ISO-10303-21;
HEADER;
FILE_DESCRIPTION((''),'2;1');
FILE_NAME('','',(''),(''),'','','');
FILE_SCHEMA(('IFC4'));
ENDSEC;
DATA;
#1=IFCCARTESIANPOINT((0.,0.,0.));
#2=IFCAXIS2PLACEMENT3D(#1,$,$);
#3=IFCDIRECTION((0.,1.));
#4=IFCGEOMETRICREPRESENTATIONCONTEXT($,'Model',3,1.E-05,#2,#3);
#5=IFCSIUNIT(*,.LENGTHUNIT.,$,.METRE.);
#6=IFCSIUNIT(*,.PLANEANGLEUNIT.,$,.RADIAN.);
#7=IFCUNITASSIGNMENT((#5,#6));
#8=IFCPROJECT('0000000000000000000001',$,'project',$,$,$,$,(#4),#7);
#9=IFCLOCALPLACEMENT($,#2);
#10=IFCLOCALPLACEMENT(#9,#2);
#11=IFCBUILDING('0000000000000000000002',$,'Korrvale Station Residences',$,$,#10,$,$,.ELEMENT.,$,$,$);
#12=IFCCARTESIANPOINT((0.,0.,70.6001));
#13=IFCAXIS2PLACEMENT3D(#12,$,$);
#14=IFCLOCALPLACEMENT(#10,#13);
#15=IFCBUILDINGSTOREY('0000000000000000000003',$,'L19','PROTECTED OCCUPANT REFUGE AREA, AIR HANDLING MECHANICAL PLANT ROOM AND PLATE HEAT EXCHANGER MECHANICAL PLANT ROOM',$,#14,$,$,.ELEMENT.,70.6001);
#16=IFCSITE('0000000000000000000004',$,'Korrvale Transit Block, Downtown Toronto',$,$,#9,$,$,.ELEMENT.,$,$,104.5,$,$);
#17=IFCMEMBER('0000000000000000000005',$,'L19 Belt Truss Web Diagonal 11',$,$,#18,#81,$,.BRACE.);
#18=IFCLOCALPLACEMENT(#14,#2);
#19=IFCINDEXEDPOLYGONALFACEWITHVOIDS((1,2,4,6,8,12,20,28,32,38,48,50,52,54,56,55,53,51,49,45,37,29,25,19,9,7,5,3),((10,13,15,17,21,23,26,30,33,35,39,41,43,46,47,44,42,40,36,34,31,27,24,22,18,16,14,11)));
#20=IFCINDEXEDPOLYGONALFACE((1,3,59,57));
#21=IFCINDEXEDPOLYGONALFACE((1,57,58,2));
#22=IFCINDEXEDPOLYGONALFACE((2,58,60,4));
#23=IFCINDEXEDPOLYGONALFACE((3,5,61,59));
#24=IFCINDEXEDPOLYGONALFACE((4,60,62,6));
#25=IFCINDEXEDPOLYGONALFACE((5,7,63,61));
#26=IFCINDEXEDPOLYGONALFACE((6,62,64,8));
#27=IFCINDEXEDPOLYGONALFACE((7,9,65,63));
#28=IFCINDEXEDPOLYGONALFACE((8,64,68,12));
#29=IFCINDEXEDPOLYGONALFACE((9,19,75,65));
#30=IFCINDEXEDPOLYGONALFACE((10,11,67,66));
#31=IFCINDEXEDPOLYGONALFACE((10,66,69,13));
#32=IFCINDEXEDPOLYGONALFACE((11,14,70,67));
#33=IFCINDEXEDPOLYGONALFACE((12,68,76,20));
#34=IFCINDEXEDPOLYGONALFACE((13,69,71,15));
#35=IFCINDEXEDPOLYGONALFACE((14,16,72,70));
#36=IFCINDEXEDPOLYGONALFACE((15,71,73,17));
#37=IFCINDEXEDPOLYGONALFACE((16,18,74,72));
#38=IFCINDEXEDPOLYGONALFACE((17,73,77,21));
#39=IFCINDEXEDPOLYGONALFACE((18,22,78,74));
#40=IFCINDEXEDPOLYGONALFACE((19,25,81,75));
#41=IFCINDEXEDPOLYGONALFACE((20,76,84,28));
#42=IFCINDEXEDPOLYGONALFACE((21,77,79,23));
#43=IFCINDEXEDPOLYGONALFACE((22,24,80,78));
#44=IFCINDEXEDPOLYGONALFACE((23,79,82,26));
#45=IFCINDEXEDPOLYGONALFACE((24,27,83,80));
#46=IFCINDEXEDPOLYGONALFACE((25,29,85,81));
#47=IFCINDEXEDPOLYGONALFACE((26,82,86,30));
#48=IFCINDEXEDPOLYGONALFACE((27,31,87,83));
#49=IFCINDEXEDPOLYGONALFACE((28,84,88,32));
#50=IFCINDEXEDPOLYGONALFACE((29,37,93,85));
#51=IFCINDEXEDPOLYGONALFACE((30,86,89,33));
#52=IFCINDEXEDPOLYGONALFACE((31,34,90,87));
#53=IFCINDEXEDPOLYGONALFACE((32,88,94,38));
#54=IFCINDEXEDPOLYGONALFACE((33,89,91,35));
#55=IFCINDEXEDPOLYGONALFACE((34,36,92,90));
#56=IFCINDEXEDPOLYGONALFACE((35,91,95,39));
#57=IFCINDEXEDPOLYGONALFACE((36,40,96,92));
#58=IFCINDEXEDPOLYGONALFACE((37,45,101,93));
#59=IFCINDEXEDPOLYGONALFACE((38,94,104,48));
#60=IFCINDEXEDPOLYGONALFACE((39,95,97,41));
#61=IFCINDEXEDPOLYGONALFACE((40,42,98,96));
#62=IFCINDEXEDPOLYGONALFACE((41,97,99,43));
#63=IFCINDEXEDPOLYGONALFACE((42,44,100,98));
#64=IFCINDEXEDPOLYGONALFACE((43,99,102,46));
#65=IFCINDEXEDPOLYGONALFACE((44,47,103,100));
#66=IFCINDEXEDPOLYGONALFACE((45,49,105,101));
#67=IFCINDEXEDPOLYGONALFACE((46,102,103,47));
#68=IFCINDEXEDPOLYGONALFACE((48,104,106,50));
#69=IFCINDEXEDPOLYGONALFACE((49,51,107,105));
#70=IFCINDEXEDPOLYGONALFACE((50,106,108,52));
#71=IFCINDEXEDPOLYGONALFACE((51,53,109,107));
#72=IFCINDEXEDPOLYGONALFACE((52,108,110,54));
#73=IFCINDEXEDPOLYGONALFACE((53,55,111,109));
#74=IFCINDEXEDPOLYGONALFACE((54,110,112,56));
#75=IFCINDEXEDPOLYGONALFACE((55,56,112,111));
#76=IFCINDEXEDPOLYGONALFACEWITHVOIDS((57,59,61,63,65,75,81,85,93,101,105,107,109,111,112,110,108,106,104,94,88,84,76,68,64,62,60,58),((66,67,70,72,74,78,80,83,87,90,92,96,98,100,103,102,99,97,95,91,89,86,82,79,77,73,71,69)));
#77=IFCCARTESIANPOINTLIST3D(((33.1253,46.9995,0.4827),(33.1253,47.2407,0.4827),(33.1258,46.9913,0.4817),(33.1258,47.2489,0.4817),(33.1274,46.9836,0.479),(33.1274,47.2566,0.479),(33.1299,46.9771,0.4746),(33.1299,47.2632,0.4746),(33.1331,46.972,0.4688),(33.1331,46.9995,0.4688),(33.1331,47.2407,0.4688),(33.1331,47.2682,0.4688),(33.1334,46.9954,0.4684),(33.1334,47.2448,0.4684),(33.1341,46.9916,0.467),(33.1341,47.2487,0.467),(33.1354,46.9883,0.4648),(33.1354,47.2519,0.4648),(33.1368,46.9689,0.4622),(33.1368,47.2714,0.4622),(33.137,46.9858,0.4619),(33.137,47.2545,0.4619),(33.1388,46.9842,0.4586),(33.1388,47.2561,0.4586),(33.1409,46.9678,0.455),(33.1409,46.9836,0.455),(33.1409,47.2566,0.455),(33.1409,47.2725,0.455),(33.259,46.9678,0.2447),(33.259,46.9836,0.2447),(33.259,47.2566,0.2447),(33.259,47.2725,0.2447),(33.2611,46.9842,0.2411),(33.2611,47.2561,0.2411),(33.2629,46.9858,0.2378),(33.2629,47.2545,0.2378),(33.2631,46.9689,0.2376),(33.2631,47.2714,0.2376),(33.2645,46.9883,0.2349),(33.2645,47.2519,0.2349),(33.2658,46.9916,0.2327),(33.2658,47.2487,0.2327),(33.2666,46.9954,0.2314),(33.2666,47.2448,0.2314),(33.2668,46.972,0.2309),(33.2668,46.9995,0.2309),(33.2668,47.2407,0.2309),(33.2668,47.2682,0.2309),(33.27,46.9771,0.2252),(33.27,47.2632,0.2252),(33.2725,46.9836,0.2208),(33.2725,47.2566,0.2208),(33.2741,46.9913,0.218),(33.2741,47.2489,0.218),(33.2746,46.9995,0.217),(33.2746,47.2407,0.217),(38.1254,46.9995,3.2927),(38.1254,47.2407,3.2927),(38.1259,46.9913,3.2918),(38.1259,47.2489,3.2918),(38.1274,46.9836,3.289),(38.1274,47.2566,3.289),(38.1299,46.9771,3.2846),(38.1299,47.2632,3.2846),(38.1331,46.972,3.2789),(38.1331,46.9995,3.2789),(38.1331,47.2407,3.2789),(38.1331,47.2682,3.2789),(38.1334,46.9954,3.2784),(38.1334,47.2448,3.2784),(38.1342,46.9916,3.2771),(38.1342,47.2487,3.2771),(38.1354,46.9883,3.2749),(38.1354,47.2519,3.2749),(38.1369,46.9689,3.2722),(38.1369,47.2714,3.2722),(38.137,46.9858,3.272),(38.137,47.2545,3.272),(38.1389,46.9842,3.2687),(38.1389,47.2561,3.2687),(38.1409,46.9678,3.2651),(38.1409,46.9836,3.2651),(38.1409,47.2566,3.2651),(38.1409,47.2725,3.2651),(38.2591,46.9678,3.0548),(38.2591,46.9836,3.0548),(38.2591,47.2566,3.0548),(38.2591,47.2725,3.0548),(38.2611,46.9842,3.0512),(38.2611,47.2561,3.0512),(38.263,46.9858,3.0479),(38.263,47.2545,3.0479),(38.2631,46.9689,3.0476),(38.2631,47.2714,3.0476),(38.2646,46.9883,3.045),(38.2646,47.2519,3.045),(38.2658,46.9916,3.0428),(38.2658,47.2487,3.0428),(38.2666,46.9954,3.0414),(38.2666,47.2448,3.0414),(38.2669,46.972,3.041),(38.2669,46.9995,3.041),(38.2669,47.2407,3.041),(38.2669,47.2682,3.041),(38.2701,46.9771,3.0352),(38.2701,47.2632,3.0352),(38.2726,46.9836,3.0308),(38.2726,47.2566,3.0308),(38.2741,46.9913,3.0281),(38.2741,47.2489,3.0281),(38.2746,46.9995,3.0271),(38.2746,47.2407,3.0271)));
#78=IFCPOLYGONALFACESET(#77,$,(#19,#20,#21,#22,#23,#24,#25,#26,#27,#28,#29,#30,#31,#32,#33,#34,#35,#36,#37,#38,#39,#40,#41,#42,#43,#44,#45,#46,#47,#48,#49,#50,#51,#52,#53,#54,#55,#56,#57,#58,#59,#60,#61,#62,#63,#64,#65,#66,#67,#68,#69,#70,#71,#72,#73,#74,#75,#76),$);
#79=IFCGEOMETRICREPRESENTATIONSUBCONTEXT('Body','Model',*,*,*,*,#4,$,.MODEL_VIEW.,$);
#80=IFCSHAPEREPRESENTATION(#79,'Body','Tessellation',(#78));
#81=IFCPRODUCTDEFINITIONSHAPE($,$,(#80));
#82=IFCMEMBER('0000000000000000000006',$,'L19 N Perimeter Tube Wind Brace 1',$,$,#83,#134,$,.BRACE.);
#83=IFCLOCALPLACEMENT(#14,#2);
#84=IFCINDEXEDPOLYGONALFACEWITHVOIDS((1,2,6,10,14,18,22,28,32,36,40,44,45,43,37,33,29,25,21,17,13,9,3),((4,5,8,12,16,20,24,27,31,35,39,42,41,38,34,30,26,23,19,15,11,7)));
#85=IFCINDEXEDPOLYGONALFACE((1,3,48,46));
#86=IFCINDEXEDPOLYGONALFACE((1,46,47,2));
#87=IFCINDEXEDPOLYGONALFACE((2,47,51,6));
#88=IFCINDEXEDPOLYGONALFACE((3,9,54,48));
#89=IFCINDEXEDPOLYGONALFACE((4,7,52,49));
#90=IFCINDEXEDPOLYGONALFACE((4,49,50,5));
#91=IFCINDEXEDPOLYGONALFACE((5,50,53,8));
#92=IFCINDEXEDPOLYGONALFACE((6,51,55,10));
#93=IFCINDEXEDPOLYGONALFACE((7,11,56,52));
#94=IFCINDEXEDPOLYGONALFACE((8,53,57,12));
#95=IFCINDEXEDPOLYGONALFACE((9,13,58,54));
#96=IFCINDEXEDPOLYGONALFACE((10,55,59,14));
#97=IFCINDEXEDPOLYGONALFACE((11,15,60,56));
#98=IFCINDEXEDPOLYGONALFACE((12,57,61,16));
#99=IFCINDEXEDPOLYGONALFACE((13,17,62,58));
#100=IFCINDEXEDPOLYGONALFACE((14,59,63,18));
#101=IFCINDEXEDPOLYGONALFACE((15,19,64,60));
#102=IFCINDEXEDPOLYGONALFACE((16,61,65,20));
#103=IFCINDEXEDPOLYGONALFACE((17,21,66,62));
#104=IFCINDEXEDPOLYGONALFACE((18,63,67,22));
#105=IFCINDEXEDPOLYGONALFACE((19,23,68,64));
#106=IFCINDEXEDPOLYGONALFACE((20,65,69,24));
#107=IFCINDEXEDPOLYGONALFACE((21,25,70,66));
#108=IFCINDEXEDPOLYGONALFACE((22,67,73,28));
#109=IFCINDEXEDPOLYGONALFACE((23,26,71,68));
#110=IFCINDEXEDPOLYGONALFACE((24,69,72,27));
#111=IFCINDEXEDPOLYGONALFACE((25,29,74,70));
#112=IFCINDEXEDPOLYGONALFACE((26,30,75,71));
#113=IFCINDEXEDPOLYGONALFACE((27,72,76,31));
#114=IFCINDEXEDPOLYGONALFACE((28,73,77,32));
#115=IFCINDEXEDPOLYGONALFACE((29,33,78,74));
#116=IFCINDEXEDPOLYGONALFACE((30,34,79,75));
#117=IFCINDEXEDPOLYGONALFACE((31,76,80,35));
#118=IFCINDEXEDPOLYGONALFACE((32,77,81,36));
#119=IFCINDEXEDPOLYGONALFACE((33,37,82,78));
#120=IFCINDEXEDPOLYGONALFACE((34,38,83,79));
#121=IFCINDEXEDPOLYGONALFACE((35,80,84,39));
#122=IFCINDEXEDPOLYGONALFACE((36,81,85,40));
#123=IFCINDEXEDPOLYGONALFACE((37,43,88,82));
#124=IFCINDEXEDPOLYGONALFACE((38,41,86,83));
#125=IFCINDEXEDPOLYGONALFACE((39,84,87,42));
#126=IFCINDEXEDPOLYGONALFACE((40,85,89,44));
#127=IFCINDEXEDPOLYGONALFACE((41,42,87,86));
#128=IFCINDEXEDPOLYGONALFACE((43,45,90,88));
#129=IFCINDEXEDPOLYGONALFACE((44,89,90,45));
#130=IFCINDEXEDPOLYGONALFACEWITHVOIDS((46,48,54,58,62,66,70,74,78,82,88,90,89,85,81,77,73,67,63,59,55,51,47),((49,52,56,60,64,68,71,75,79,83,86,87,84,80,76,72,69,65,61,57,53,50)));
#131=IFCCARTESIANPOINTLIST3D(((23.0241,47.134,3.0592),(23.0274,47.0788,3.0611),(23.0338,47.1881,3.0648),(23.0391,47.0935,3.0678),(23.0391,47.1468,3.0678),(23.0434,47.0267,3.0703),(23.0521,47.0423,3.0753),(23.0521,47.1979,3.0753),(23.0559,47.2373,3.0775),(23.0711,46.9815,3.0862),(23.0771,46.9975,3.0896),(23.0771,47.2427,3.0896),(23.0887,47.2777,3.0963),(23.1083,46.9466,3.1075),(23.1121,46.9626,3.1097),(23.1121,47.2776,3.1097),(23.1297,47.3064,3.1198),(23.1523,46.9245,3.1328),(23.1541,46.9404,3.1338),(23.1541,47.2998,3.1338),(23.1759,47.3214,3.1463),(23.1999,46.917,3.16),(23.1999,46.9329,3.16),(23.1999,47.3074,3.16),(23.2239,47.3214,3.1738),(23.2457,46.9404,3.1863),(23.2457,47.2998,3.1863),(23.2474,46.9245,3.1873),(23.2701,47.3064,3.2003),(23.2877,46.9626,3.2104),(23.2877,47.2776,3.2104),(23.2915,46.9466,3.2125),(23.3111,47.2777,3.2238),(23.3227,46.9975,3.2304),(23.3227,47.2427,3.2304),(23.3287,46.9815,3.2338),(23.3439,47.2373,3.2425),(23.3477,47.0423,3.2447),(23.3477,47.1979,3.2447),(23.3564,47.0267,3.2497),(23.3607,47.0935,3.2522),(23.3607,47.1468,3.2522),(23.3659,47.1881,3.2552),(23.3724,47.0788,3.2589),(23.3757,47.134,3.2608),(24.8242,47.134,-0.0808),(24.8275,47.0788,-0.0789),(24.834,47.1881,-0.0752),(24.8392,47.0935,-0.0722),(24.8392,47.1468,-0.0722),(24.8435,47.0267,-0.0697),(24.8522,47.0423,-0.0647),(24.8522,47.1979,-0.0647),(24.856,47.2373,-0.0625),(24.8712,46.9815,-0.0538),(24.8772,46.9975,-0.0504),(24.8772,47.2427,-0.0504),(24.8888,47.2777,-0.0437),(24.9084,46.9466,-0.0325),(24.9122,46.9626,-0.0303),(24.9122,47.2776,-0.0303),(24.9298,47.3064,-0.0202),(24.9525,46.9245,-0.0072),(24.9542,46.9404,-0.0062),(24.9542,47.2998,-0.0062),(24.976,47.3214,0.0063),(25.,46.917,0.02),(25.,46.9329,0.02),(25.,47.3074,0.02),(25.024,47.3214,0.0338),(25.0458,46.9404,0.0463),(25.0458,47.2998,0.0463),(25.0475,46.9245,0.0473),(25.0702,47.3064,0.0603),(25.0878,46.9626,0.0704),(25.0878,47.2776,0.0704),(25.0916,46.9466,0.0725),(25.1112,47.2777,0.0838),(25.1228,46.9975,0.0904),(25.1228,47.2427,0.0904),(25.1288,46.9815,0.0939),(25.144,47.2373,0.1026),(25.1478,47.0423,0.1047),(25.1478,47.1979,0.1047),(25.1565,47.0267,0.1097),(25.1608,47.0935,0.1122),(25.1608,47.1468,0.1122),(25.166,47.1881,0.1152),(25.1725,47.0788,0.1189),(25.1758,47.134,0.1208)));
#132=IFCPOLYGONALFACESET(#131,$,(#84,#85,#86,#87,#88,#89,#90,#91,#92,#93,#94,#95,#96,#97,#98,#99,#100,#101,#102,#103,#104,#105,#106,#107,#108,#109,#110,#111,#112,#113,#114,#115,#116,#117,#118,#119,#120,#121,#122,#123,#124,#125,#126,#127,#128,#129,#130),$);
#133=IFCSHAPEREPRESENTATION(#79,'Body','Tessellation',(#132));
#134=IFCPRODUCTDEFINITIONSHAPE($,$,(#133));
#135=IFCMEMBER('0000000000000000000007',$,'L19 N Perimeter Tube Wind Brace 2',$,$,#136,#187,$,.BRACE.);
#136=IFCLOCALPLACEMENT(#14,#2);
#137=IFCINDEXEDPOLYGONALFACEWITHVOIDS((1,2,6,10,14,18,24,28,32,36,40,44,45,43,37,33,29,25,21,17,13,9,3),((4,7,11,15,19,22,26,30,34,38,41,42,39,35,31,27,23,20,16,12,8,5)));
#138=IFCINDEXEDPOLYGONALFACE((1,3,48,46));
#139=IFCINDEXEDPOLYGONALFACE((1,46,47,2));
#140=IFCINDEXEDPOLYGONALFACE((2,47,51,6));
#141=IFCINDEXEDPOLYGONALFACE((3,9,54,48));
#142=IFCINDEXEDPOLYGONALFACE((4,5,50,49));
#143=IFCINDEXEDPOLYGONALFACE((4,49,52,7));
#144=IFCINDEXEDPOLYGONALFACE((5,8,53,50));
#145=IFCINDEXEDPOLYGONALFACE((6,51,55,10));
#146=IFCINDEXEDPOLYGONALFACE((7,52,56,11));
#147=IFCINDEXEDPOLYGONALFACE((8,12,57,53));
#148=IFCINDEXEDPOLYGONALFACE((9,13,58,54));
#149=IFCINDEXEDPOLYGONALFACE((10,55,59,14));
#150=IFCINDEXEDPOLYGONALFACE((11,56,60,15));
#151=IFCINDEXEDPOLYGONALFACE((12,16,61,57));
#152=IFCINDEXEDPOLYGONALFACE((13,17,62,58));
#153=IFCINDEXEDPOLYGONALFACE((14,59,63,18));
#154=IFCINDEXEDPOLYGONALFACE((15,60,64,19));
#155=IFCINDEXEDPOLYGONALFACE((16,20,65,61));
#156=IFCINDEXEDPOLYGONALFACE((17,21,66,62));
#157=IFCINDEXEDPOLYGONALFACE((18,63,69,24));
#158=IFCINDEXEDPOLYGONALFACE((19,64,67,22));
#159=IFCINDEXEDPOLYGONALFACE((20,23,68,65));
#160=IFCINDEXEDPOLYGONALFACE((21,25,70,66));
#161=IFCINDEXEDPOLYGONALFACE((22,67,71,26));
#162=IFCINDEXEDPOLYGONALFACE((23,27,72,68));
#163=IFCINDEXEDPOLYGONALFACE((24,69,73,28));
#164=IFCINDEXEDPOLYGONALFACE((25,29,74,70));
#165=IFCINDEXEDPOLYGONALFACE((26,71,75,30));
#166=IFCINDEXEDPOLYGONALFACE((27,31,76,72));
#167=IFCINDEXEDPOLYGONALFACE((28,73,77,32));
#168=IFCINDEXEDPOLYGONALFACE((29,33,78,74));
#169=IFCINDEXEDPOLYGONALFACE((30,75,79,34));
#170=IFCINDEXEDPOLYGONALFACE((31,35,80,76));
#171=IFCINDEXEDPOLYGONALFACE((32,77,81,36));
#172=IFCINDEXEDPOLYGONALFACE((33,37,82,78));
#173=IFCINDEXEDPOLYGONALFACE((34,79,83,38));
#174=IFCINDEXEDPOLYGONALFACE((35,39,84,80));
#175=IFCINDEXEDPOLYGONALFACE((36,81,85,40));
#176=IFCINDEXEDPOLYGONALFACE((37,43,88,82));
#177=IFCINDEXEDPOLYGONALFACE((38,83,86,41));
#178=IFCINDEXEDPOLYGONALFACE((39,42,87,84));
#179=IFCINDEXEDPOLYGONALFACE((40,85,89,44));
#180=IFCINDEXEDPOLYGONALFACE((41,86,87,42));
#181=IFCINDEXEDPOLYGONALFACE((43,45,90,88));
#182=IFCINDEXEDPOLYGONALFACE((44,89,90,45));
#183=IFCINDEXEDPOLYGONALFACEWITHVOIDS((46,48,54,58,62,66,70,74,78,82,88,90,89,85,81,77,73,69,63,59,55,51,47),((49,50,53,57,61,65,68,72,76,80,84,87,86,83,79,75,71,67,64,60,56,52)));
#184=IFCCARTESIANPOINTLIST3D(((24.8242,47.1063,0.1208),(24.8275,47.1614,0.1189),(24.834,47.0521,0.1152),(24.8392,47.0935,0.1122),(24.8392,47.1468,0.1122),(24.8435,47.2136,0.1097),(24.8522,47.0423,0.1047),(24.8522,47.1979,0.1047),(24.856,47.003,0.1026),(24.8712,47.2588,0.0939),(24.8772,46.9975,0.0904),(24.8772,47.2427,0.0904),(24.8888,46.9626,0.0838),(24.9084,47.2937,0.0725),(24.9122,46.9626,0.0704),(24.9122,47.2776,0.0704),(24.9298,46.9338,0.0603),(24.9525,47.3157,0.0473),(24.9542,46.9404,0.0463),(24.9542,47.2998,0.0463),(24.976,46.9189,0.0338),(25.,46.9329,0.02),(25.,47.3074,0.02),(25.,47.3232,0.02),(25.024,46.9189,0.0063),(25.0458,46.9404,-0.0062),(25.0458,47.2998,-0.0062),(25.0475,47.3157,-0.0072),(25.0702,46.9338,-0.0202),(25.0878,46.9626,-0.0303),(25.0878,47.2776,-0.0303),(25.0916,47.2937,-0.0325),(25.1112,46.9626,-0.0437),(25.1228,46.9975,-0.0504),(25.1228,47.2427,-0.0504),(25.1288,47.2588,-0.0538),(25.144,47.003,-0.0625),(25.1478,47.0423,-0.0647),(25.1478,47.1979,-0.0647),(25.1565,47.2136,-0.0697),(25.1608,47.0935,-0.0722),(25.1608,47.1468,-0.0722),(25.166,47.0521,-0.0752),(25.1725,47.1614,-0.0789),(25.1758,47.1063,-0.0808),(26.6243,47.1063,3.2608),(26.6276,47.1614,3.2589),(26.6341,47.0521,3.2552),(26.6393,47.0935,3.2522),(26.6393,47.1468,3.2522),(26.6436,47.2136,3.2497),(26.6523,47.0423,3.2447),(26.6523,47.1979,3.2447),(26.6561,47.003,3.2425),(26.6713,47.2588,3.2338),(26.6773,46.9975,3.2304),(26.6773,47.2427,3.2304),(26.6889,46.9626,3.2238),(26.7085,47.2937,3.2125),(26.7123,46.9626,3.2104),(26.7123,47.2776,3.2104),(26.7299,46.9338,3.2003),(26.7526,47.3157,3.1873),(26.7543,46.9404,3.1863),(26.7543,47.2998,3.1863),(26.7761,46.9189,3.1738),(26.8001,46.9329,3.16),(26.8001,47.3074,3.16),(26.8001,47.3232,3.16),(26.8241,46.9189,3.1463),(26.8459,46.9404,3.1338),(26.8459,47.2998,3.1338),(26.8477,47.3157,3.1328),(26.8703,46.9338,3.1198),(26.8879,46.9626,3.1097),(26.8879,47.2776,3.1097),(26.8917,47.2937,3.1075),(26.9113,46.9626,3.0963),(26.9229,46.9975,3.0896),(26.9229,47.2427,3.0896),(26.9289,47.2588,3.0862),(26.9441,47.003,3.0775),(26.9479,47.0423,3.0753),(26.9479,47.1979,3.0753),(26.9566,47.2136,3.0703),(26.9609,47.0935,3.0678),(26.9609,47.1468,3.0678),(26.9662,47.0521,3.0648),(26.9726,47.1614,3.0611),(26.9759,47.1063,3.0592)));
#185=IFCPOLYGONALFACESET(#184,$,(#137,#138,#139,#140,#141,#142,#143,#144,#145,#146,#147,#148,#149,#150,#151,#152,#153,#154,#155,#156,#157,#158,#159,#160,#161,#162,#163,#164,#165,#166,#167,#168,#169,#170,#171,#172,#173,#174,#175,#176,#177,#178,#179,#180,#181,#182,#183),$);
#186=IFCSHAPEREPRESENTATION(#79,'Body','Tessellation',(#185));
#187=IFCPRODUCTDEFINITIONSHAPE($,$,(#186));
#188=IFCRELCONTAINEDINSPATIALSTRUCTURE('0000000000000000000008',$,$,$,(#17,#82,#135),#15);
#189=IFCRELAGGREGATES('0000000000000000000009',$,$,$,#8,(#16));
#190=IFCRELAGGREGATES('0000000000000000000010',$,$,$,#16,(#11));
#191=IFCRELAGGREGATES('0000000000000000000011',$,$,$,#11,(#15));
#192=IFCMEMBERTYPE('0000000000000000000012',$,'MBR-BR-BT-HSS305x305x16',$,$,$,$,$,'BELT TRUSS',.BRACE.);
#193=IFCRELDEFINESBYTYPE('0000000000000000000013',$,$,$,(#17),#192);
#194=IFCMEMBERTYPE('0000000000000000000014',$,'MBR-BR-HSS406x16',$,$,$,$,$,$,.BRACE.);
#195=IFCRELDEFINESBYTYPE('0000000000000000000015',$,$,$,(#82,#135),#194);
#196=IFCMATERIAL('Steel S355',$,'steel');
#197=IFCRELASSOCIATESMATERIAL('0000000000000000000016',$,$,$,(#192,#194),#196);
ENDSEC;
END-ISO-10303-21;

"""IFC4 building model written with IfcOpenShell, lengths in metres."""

from ifc_helpers import new_model, si_unit, direction, frame, origin, origin_2d, place, context, subcontext, project, spatial, hollow_rectangle, hollow_circle, extrude, material, material_profile, profile_set, type_object, element, save


model = new_model("IFC4")

# Units and contexts
model_context = context("Model", 3, precision=1e-05, world=origin(), true_north=direction((0.0, 1.0)))
body_context = subcontext(model_context, "Body", "Model", "MODEL_VIEW")
ifc_project = project(units=[si_unit("LENGTHUNIT", "METRE"), si_unit("PLANEANGLEUNIT", "RADIAN")], contexts=[model_context])

# Site, building, storey
site_placement = place(None, origin())
site = spatial("IfcSite", under=ifc_project, at=site_placement, Name="Korrvale Transit Block, Downtown Toronto", CompositionType="ELEMENT", RefElevation=104.5)
building_placement = place(site_placement, origin())
building = spatial("IfcBuilding", under=site, at=building_placement, Name="Korrvale Station Residences", CompositionType="ELEMENT")
storey_placement = place(building_placement, frame((0.0, 0.0, 70.6001)))
storey = spatial("IfcBuildingStorey", under=building, at=storey_placement, Name="L19", Description="PROTECTED OCCUPANT REFUGE AREA, AIR HANDLING MECHANICAL PLANT ROOM AND PLATE HEAT EXCHANGER MECHANICAL PLANT ROOM", CompositionType="ELEMENT", Elevation=70.6001)

# Members
ifc_material_1 = material(Name="Steel S355", Category="steel")
ifc_material_profile_1 = material_profile(ifc_material_1, hollow_rectangle(XDim=0.3047, YDim=0.3047, WallThickness=0.0159, InnerFilletRadius=0.0159, OuterFilletRadius=0.0317, at=origin_2d()), Name="HSS305x305x16")
ifc_profile_set_1 = profile_set([ifc_material_profile_1], Name="Steel S355")
member_type_1 = type_object("IfcMemberType", Name="MBR-BR-BT-HSS305x305x16", ElementType="BELT TRUSS", PredefinedType="BRACE", material=ifc_profile_set_1)
member_1_placement = place(storey_placement, frame((33.2, 47.1201, 0.3499), z_axis=(0.871757, 0.0, 0.489938), x_axis=(0.0, 1.0, 0.0)))
element("IfcMember", 1, at=member_1_placement, inside=storey, type_object=member_type_1, Name="L19 Belt Truss Web Diagonal 11", PredefinedType="BRACE", context=body_context, shape_type="SweptSolid", body=[
    extrude(hollow_rectangle(XDim=0.3047, YDim=0.3047, WallThickness=0.0159, InnerFilletRadius=0.0159, OuterFilletRadius=0.0317, at=origin_2d()), origin(), (0.0, 0.0, 1.0), 5.7356),
])
ifc_material_profile_2 = material_profile(ifc_material_1, hollow_circle(Radius=0.2031, WallThickness=0.0159, at=origin_2d()), Name="HSS406x16")
ifc_profile_set_2 = profile_set([ifc_material_profile_2], Name="Steel S355")
member_type_2 = type_object("IfcMemberType", Name="MBR-BR-HSS406x16", PredefinedType="BRACE", material=ifc_profile_set_2)
for number, where, z_axis, x_axis, name in (
    (2, (25.0, 47.1201, 0.02), (-0.497352, 0.0, 0.867549), (0.0, -1.0, 0.0), "L19 N Perimeter Tube Wind Brace 1"),
    (3, (25.0, 47.1201, 0.02), (0.497352, 0.0, 0.867549), (0.0, 1.0, 0.0), "L19 N Perimeter Tube Wind Brace 2"),
):
    element("IfcMember", number, at=place(storey_placement, frame(where, z_axis=z_axis, x_axis=x_axis)), inside=storey, type_object=member_type_2, Name=name, PredefinedType="BRACE", context=body_context, shape_type="SweptSolid", body=[
        extrude(hollow_circle(Radius=0.2031, WallThickness=0.0159, at=origin_2d()), origin(), (0.0, 0.0, 1.0), 3.6194),
    ])

save(model, "model.ifc")
